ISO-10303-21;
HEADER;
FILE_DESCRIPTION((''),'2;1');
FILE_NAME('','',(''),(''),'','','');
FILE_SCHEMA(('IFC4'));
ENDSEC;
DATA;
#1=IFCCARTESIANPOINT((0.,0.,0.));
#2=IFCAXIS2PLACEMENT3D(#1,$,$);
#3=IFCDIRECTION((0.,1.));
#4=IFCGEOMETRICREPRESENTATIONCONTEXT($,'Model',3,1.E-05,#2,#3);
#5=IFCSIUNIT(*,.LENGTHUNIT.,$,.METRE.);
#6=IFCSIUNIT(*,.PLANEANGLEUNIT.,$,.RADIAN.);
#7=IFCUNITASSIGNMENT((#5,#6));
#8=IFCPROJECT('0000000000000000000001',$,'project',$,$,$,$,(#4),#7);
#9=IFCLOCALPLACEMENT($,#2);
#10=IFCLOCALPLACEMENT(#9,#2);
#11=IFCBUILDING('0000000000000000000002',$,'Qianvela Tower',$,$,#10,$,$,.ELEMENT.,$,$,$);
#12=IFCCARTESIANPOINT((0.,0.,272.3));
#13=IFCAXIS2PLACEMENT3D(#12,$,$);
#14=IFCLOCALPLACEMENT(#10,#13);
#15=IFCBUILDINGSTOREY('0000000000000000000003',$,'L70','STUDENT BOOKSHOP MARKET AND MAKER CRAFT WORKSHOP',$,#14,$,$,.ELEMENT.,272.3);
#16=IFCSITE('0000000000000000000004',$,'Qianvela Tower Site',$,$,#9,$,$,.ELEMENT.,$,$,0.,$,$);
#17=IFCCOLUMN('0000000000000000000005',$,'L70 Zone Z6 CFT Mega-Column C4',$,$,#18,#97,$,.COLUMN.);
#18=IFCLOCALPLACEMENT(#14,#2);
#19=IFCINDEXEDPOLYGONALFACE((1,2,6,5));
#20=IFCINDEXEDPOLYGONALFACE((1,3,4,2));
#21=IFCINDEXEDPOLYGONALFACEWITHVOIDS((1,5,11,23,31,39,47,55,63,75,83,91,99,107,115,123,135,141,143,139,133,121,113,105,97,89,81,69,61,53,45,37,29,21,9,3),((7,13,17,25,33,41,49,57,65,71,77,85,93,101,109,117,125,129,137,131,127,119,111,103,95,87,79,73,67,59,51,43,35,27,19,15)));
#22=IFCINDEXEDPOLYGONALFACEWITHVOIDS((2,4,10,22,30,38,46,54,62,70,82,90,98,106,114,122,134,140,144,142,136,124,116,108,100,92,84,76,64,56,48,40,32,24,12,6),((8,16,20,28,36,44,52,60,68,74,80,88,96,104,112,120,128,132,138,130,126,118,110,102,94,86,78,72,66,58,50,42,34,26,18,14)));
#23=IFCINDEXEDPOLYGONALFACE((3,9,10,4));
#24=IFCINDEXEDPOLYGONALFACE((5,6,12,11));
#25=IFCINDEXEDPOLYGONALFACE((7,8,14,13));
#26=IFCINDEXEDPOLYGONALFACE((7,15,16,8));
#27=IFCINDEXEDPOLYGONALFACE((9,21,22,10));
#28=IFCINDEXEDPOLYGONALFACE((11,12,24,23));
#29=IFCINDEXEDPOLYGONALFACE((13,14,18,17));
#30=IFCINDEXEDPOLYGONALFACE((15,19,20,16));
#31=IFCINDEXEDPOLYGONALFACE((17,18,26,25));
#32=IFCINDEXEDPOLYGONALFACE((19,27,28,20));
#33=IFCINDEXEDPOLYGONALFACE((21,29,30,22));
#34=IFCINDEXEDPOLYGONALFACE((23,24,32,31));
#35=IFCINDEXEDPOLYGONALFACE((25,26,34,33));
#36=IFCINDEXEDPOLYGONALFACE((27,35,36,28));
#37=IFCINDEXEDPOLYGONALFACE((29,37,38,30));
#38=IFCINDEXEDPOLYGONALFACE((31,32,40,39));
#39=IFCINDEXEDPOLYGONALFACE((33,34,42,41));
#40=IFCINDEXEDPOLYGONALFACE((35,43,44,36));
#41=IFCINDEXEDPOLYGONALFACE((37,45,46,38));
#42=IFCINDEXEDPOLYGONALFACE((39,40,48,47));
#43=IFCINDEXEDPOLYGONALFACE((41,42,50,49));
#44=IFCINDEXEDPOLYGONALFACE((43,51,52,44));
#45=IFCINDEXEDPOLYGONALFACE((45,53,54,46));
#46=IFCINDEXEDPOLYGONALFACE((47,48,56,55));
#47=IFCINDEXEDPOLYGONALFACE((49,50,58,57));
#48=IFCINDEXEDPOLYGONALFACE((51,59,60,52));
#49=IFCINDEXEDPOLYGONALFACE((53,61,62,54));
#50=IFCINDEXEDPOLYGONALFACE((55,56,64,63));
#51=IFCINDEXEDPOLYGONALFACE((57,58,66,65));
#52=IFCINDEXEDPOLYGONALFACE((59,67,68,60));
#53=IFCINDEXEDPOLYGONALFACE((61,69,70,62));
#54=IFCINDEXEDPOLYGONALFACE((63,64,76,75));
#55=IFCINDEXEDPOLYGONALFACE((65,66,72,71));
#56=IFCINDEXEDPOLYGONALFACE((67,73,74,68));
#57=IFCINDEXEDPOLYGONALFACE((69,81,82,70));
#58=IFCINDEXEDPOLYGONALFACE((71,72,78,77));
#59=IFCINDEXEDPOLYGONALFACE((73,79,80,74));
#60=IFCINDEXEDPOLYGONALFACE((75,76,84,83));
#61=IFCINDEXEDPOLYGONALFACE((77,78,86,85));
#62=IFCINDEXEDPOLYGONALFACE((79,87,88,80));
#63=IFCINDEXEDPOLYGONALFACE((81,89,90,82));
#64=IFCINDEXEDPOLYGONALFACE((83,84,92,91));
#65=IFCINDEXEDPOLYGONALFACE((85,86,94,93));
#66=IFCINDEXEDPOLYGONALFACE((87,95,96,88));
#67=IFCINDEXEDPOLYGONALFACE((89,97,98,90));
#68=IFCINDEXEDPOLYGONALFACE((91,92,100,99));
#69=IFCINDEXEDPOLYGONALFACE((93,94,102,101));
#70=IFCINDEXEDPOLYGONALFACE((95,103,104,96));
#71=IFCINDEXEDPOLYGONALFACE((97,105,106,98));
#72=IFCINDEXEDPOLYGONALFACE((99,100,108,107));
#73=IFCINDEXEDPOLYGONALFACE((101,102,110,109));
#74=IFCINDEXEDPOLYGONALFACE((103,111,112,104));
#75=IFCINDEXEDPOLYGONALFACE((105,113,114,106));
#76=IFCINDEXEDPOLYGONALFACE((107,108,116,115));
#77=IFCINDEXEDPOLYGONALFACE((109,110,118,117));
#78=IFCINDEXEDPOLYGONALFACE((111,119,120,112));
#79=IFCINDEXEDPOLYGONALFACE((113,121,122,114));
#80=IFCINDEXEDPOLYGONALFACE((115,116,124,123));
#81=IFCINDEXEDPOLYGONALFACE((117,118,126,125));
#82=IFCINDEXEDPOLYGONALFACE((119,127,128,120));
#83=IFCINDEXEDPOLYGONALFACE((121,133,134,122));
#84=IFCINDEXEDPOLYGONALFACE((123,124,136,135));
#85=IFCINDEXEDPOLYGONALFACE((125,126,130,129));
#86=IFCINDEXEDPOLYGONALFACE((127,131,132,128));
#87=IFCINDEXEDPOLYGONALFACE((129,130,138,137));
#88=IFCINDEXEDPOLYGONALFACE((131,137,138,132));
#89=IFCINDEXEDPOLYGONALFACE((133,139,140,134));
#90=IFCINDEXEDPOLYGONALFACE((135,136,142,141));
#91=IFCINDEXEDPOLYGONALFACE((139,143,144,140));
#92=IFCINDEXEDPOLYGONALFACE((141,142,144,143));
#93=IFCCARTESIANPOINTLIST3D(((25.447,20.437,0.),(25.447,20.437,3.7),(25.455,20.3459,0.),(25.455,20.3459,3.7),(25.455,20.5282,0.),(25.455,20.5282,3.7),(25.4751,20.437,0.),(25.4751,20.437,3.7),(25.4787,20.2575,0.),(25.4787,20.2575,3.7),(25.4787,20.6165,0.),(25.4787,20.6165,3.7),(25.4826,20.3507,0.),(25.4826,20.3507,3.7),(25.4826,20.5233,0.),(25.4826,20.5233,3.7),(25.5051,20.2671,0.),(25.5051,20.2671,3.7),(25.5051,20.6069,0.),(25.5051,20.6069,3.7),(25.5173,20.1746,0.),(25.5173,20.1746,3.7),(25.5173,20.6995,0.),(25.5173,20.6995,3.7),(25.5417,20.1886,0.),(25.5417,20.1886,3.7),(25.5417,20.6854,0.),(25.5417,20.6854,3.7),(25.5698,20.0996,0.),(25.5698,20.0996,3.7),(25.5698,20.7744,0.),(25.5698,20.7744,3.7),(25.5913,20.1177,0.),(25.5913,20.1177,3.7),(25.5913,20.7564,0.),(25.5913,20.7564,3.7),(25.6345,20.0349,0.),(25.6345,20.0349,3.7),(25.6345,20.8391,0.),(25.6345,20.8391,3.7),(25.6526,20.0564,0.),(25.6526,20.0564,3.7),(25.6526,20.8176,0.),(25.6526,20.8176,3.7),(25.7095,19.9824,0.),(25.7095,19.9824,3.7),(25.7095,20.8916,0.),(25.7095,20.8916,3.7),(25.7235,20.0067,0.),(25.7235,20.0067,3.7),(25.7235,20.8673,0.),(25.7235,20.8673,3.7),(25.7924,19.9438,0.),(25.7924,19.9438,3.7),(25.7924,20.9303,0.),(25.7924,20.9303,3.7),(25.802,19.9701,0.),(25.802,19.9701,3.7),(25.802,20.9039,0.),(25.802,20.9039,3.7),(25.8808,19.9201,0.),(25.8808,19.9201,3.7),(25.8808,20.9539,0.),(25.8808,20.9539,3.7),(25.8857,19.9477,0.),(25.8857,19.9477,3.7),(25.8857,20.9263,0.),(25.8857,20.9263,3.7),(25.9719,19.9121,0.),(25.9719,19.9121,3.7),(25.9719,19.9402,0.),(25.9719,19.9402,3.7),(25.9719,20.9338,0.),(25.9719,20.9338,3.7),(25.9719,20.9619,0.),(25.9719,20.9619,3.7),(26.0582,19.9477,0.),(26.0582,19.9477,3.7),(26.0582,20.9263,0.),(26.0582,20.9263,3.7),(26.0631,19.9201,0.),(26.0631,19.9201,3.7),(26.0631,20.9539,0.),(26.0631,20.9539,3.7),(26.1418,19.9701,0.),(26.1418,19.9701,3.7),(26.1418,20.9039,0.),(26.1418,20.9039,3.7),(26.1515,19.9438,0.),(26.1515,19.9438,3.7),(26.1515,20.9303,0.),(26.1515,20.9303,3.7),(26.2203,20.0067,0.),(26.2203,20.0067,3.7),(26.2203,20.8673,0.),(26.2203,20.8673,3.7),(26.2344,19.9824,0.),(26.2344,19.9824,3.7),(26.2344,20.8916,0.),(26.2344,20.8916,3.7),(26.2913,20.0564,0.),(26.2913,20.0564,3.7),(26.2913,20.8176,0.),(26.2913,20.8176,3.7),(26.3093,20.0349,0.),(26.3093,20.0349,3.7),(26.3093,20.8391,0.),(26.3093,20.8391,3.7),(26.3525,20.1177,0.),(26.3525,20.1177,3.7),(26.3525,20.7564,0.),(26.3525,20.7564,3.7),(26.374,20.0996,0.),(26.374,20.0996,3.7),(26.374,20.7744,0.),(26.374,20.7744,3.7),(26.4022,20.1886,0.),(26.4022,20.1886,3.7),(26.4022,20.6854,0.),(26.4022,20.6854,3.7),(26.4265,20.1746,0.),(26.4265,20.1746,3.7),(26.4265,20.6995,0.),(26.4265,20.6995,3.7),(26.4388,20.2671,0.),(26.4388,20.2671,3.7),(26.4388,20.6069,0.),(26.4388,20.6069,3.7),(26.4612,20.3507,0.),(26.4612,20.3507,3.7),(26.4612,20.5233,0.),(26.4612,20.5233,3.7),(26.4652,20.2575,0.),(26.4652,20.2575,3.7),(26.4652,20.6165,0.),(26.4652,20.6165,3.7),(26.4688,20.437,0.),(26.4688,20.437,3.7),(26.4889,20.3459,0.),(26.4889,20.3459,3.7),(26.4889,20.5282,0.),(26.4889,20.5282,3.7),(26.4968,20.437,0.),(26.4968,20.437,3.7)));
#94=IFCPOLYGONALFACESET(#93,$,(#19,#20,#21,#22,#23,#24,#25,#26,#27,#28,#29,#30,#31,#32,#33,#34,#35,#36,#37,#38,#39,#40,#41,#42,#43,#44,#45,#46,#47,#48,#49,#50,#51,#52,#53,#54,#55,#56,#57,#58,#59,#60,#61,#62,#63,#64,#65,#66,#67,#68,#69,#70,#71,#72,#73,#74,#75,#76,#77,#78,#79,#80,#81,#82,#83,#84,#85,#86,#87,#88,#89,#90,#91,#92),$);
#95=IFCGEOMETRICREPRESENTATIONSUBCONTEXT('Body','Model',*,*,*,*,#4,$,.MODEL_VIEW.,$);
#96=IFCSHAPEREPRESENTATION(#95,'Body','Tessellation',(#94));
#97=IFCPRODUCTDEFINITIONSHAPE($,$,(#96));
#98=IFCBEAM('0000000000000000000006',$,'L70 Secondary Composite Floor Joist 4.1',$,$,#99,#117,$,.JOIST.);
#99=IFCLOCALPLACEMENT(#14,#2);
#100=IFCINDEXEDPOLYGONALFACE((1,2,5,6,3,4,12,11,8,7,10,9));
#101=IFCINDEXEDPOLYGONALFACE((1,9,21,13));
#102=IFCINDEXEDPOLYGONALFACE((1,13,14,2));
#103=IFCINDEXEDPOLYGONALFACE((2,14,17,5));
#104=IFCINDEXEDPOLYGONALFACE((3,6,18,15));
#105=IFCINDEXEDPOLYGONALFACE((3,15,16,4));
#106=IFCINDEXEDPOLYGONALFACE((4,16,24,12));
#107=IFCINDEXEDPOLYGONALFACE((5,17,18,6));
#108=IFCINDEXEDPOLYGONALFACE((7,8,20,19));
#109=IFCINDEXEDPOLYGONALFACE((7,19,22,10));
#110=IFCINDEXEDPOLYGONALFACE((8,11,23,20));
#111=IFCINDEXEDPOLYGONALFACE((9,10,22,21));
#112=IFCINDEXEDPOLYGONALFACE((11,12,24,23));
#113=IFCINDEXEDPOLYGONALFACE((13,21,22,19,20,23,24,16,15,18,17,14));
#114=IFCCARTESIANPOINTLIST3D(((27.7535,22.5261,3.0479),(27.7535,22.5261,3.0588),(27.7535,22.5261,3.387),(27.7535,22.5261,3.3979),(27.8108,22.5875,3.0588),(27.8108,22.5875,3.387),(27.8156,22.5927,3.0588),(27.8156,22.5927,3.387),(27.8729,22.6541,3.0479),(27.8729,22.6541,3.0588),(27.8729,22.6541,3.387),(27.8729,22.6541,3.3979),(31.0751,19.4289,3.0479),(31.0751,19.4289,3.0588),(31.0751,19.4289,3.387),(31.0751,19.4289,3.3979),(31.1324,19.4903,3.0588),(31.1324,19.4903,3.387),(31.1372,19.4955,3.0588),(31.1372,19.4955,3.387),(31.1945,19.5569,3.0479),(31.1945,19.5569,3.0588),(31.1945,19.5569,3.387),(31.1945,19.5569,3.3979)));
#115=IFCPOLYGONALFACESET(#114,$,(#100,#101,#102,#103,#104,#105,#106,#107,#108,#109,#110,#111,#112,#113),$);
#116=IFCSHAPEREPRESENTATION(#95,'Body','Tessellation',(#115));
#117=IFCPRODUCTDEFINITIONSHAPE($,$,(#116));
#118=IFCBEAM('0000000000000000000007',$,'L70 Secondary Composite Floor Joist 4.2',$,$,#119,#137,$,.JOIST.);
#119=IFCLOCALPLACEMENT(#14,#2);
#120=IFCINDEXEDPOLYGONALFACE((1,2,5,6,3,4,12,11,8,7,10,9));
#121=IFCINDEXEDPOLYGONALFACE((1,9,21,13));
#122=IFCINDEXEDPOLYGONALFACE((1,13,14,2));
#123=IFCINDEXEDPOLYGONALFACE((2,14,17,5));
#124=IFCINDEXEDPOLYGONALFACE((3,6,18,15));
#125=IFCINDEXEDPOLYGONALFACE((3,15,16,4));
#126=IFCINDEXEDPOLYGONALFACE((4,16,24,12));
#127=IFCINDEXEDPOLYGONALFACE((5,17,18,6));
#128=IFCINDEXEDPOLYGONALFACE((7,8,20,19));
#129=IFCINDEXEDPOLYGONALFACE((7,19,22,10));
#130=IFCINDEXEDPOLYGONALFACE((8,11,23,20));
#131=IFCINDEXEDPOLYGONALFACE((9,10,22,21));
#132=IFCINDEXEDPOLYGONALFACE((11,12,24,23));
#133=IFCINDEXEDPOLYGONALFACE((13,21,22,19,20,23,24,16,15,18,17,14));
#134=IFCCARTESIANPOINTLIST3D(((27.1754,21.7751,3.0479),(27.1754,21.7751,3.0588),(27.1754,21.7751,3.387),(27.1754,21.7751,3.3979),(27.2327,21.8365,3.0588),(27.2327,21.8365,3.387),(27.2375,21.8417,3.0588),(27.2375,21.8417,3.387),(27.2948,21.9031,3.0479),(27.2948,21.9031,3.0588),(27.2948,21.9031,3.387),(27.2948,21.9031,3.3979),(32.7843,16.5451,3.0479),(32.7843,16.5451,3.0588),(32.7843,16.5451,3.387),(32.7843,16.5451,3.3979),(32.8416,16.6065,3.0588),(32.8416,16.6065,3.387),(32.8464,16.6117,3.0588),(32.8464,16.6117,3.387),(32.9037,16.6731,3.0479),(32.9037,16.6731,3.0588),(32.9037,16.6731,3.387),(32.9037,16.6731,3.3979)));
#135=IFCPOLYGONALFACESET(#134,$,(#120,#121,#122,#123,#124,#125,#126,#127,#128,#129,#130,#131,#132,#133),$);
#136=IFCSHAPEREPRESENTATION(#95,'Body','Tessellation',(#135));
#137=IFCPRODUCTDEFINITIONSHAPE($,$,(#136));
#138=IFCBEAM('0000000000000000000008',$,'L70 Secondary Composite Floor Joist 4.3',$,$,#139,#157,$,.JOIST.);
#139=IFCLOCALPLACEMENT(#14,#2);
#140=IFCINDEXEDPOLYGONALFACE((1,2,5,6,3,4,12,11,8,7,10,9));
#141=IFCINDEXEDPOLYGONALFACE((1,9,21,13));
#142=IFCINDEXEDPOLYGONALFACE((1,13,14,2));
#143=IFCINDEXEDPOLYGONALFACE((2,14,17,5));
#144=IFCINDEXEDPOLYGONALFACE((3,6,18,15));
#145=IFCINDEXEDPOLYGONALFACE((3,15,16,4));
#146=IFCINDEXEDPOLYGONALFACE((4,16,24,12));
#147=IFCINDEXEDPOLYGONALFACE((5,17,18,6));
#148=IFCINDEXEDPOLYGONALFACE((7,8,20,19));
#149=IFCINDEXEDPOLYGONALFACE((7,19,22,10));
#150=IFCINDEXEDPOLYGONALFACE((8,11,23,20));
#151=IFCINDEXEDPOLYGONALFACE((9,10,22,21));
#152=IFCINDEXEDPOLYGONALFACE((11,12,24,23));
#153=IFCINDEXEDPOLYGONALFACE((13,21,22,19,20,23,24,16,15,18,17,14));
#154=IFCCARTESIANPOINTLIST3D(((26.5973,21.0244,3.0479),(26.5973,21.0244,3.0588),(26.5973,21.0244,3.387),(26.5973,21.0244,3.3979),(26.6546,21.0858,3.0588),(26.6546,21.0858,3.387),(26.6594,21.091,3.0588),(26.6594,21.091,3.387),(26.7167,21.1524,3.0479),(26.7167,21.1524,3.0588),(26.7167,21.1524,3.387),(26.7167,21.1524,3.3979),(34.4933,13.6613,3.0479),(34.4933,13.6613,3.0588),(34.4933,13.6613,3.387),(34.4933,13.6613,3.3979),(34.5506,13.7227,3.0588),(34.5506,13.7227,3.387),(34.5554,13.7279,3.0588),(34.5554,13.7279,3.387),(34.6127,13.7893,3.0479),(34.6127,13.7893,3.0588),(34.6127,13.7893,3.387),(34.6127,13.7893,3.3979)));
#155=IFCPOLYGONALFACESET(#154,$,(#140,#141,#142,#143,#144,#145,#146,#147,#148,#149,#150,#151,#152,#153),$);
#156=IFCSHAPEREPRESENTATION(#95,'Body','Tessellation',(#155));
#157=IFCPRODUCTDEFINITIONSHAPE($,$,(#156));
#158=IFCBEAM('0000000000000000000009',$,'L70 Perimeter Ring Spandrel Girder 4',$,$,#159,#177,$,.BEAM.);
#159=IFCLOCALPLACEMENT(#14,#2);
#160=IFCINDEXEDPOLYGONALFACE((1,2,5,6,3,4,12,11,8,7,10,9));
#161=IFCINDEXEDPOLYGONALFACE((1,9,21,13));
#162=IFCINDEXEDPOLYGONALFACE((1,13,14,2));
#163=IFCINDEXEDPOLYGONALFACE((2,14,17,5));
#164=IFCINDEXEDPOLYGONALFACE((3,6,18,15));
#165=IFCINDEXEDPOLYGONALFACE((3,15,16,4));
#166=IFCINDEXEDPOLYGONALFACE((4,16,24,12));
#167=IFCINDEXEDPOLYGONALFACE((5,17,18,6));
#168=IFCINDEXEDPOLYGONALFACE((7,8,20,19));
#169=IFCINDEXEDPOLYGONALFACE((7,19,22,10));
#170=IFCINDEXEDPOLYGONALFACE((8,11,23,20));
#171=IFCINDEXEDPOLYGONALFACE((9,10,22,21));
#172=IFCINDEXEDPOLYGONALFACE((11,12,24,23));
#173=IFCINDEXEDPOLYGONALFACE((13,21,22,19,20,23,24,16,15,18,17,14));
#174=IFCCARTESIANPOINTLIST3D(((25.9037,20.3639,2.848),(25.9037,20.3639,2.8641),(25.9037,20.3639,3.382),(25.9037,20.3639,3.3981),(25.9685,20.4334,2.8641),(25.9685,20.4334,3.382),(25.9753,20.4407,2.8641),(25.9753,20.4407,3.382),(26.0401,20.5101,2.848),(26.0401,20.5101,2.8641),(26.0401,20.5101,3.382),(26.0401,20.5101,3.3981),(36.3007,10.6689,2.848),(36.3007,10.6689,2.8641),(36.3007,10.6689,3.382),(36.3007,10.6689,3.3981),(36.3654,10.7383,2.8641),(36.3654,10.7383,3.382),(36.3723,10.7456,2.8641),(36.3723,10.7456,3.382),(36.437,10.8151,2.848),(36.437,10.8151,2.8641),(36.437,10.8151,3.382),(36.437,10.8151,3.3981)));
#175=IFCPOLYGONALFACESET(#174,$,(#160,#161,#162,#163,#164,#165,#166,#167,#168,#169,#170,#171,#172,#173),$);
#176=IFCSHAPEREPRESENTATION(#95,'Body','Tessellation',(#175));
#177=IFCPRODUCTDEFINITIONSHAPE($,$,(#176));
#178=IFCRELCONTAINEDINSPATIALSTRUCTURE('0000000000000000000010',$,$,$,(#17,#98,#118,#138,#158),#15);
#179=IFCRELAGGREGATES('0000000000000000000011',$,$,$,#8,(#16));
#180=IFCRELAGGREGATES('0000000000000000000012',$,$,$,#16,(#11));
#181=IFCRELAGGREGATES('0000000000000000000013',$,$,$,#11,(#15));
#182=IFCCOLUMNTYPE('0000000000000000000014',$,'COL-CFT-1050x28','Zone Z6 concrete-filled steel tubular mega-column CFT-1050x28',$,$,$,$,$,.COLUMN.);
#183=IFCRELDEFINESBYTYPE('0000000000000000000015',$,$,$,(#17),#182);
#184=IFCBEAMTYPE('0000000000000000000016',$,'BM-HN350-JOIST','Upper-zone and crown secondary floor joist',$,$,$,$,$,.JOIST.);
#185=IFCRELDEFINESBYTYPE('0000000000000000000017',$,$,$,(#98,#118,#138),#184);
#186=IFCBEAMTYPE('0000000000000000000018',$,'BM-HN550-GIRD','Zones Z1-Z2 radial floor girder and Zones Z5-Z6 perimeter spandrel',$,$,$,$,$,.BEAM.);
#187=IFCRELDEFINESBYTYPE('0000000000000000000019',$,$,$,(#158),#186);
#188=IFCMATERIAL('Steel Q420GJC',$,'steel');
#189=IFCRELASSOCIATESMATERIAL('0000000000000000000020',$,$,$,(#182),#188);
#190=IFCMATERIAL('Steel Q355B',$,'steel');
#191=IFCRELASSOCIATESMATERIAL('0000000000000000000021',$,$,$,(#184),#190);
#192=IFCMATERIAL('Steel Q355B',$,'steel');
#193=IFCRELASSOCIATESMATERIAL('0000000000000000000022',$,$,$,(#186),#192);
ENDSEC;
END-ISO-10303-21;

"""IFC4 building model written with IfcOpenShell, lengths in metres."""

from ifc_helpers import new_model, si_unit, direction, frame, origin, origin_2d, place, context, subcontext, project, spatial, hollow_circle, i_section, extrude, material, material_profile, profile_set, type_object, element, save


model = new_model("IFC4")

# Units and contexts
model_context = context("Model", 3, precision=1e-05, world=origin(), true_north=direction((0.0, 1.0)))
body_context = subcontext(model_context, "Body", "Model", "MODEL_VIEW")
ifc_project = project(units=[si_unit("LENGTHUNIT", "METRE"), si_unit("PLANEANGLEUNIT", "RADIAN")], contexts=[model_context])

# Site, building, storey
site_placement = place(None, origin())
site = spatial("IfcSite", under=ifc_project, at=site_placement, Name="Qianvela Tower Site", CompositionType="ELEMENT", RefElevation=0.0)
building_placement = place(site_placement, origin())
building = spatial("IfcBuilding", under=site, at=building_placement, Name="Qianvela Tower", CompositionType="ELEMENT")
storey_placement = place(building_placement, frame((0.0, 0.0, 272.3)))
storey = spatial("IfcBuildingStorey", under=building, at=storey_placement, Name="L70", Description="STUDENT BOOKSHOP MARKET AND MAKER CRAFT WORKSHOP", CompositionType="ELEMENT", Elevation=272.3)

# Column
ifc_material_1 = material(Name="Steel Q420GJC", Category="steel")
ifc_material_profile_1 = material_profile(ifc_material_1, hollow_circle(Radius=0.5249, WallThickness=0.0281, at=origin_2d()), Name="CFT-1050x28")
ifc_profile_set_1 = profile_set([ifc_material_profile_1], Name="Steel Q420GJC")
column_type = type_object("IfcColumnType", Name="COL-CFT-1050x28", Description="Zone Z6 concrete-filled steel tubular mega-column CFT-1050x28", PredefinedType="COLUMN", material=ifc_profile_set_1)
column_placement = place(storey_placement, frame((25.9719, 20.437, 0.0), z_axis=(0.0, 0.0, 1.0), x_axis=(1.0, 0.0, 0.0)))
element("IfcColumn", 1, at=column_placement, inside=storey, type_object=column_type, Name="L70 Zone Z6 CFT Mega-Column C4", PredefinedType="COLUMN", context=body_context, shape_type="SweptSolid", body=[
    extrude(hollow_circle(Radius=0.5249, WallThickness=0.0281, at=origin_2d()), origin(), (0.0, 0.0, 1.0), 3.7),
])

# Beams
ifc_material_2 = material(Name="Steel Q355B", Category="steel")
ifc_material_profile_2 = material_profile(ifc_material_2, i_section(OverallWidth=0.175, OverallDepth=0.3501, WebThickness=0.0071, FlangeThickness=0.011, at=origin_2d()), Name="HN350x175x7x11")
ifc_profile_set_2 = profile_set([ifc_material_profile_2], Name="Steel Q355B")
beam_type_1 = type_object("IfcBeamType", Name="BM-HN350-JOIST", Description="Upper-zone and crown secondary floor joist", PredefinedType="JOIST", material=ifc_profile_set_2)
beam_1_placement = place(storey_placement, frame((27.8132, 22.5901, 3.2229), z_axis=(0.731377, -0.681973, 0.0), x_axis=(0.681973, 0.731377, 0.0)))
element("IfcBeam", 2, at=beam_1_placement, inside=storey, type_object=beam_type_1, Name="L70 Secondary Composite Floor Joist 4.1", PredefinedType="JOIST", context=body_context, shape_type="SweptSolid", body=[
    extrude(i_section(OverallWidth=0.175, OverallDepth=0.3501, WebThickness=0.0071, FlangeThickness=0.011, at=origin_2d()), origin(), (0.0, 0.0, 1.0), 4.5415),
])
beam_2_placement = place(storey_placement, frame((27.2351, 21.8391, 3.2229), z_axis=(0.731379, -0.681971, 0.0), x_axis=(0.681971, 0.731379, 0.0)))
element("IfcBeam", 3, at=beam_2_placement, inside=storey, type_object=beam_type_1, Name="L70 Secondary Composite Floor Joist 4.2", PredefinedType="JOIST", context=body_context, shape_type="SweptSolid", body=[
    extrude(i_section(OverallWidth=0.175, OverallDepth=0.3501, WebThickness=0.0071, FlangeThickness=0.011, at=origin_2d()), origin(), (0.0, 0.0, 1.0), 7.6689),
])
beam_3_placement = place(storey_placement, frame((26.657, 21.0884, 3.2229), z_axis=(0.731358, -0.681993, 0.0), x_axis=(0.681993, 0.731358, 0.0)))
element("IfcBeam", 4, at=beam_3_placement, inside=storey, type_object=beam_type_1, Name="L70 Secondary Composite Floor Joist 4.3", PredefinedType="JOIST", context=body_context, shape_type="SweptSolid", body=[
    extrude(i_section(OverallWidth=0.175, OverallDepth=0.3501, WebThickness=0.0071, FlangeThickness=0.011, at=origin_2d()), origin(), (0.0, 0.0, 1.0), 10.7964),
])
ifc_material_3 = material(Name="Steel Q355B", Category="steel")
ifc_material_profile_3 = material_profile(ifc_material_3, i_section(OverallWidth=0.2, OverallDepth=0.55, WebThickness=0.01, FlangeThickness=0.0161, at=origin_2d()), Name="HN550x200x10x16")
ifc_profile_set_3 = profile_set([ifc_material_profile_3], Name="Steel Q355B")
beam_type_2 = type_object("IfcBeamType", Name="BM-HN550-GIRD", Description="Zones Z1-Z2 radial floor girder and Zones Z5-Z6 perimeter spandrel", PredefinedType="BEAM", material=ifc_profile_set_3)
beam_4_placement = place(storey_placement, frame((25.9719, 20.437, 3.123), z_axis=(0.731363, -0.681988, 0.0), x_axis=(0.681988, 0.731363, 0.0)))
element("IfcBeam", 5, at=beam_4_placement, inside=storey, type_object=beam_type_2, Name="L70 Perimeter Ring Spandrel Girder 4", PredefinedType="BEAM", context=body_context, shape_type="SweptSolid", body=[
    extrude(i_section(OverallWidth=0.2, OverallDepth=0.55, WebThickness=0.01, FlangeThickness=0.0161, at=origin_2d()), origin(), (0.0, 0.0, 1.0), 14.2158),
])

save(model, "model.ifc")
